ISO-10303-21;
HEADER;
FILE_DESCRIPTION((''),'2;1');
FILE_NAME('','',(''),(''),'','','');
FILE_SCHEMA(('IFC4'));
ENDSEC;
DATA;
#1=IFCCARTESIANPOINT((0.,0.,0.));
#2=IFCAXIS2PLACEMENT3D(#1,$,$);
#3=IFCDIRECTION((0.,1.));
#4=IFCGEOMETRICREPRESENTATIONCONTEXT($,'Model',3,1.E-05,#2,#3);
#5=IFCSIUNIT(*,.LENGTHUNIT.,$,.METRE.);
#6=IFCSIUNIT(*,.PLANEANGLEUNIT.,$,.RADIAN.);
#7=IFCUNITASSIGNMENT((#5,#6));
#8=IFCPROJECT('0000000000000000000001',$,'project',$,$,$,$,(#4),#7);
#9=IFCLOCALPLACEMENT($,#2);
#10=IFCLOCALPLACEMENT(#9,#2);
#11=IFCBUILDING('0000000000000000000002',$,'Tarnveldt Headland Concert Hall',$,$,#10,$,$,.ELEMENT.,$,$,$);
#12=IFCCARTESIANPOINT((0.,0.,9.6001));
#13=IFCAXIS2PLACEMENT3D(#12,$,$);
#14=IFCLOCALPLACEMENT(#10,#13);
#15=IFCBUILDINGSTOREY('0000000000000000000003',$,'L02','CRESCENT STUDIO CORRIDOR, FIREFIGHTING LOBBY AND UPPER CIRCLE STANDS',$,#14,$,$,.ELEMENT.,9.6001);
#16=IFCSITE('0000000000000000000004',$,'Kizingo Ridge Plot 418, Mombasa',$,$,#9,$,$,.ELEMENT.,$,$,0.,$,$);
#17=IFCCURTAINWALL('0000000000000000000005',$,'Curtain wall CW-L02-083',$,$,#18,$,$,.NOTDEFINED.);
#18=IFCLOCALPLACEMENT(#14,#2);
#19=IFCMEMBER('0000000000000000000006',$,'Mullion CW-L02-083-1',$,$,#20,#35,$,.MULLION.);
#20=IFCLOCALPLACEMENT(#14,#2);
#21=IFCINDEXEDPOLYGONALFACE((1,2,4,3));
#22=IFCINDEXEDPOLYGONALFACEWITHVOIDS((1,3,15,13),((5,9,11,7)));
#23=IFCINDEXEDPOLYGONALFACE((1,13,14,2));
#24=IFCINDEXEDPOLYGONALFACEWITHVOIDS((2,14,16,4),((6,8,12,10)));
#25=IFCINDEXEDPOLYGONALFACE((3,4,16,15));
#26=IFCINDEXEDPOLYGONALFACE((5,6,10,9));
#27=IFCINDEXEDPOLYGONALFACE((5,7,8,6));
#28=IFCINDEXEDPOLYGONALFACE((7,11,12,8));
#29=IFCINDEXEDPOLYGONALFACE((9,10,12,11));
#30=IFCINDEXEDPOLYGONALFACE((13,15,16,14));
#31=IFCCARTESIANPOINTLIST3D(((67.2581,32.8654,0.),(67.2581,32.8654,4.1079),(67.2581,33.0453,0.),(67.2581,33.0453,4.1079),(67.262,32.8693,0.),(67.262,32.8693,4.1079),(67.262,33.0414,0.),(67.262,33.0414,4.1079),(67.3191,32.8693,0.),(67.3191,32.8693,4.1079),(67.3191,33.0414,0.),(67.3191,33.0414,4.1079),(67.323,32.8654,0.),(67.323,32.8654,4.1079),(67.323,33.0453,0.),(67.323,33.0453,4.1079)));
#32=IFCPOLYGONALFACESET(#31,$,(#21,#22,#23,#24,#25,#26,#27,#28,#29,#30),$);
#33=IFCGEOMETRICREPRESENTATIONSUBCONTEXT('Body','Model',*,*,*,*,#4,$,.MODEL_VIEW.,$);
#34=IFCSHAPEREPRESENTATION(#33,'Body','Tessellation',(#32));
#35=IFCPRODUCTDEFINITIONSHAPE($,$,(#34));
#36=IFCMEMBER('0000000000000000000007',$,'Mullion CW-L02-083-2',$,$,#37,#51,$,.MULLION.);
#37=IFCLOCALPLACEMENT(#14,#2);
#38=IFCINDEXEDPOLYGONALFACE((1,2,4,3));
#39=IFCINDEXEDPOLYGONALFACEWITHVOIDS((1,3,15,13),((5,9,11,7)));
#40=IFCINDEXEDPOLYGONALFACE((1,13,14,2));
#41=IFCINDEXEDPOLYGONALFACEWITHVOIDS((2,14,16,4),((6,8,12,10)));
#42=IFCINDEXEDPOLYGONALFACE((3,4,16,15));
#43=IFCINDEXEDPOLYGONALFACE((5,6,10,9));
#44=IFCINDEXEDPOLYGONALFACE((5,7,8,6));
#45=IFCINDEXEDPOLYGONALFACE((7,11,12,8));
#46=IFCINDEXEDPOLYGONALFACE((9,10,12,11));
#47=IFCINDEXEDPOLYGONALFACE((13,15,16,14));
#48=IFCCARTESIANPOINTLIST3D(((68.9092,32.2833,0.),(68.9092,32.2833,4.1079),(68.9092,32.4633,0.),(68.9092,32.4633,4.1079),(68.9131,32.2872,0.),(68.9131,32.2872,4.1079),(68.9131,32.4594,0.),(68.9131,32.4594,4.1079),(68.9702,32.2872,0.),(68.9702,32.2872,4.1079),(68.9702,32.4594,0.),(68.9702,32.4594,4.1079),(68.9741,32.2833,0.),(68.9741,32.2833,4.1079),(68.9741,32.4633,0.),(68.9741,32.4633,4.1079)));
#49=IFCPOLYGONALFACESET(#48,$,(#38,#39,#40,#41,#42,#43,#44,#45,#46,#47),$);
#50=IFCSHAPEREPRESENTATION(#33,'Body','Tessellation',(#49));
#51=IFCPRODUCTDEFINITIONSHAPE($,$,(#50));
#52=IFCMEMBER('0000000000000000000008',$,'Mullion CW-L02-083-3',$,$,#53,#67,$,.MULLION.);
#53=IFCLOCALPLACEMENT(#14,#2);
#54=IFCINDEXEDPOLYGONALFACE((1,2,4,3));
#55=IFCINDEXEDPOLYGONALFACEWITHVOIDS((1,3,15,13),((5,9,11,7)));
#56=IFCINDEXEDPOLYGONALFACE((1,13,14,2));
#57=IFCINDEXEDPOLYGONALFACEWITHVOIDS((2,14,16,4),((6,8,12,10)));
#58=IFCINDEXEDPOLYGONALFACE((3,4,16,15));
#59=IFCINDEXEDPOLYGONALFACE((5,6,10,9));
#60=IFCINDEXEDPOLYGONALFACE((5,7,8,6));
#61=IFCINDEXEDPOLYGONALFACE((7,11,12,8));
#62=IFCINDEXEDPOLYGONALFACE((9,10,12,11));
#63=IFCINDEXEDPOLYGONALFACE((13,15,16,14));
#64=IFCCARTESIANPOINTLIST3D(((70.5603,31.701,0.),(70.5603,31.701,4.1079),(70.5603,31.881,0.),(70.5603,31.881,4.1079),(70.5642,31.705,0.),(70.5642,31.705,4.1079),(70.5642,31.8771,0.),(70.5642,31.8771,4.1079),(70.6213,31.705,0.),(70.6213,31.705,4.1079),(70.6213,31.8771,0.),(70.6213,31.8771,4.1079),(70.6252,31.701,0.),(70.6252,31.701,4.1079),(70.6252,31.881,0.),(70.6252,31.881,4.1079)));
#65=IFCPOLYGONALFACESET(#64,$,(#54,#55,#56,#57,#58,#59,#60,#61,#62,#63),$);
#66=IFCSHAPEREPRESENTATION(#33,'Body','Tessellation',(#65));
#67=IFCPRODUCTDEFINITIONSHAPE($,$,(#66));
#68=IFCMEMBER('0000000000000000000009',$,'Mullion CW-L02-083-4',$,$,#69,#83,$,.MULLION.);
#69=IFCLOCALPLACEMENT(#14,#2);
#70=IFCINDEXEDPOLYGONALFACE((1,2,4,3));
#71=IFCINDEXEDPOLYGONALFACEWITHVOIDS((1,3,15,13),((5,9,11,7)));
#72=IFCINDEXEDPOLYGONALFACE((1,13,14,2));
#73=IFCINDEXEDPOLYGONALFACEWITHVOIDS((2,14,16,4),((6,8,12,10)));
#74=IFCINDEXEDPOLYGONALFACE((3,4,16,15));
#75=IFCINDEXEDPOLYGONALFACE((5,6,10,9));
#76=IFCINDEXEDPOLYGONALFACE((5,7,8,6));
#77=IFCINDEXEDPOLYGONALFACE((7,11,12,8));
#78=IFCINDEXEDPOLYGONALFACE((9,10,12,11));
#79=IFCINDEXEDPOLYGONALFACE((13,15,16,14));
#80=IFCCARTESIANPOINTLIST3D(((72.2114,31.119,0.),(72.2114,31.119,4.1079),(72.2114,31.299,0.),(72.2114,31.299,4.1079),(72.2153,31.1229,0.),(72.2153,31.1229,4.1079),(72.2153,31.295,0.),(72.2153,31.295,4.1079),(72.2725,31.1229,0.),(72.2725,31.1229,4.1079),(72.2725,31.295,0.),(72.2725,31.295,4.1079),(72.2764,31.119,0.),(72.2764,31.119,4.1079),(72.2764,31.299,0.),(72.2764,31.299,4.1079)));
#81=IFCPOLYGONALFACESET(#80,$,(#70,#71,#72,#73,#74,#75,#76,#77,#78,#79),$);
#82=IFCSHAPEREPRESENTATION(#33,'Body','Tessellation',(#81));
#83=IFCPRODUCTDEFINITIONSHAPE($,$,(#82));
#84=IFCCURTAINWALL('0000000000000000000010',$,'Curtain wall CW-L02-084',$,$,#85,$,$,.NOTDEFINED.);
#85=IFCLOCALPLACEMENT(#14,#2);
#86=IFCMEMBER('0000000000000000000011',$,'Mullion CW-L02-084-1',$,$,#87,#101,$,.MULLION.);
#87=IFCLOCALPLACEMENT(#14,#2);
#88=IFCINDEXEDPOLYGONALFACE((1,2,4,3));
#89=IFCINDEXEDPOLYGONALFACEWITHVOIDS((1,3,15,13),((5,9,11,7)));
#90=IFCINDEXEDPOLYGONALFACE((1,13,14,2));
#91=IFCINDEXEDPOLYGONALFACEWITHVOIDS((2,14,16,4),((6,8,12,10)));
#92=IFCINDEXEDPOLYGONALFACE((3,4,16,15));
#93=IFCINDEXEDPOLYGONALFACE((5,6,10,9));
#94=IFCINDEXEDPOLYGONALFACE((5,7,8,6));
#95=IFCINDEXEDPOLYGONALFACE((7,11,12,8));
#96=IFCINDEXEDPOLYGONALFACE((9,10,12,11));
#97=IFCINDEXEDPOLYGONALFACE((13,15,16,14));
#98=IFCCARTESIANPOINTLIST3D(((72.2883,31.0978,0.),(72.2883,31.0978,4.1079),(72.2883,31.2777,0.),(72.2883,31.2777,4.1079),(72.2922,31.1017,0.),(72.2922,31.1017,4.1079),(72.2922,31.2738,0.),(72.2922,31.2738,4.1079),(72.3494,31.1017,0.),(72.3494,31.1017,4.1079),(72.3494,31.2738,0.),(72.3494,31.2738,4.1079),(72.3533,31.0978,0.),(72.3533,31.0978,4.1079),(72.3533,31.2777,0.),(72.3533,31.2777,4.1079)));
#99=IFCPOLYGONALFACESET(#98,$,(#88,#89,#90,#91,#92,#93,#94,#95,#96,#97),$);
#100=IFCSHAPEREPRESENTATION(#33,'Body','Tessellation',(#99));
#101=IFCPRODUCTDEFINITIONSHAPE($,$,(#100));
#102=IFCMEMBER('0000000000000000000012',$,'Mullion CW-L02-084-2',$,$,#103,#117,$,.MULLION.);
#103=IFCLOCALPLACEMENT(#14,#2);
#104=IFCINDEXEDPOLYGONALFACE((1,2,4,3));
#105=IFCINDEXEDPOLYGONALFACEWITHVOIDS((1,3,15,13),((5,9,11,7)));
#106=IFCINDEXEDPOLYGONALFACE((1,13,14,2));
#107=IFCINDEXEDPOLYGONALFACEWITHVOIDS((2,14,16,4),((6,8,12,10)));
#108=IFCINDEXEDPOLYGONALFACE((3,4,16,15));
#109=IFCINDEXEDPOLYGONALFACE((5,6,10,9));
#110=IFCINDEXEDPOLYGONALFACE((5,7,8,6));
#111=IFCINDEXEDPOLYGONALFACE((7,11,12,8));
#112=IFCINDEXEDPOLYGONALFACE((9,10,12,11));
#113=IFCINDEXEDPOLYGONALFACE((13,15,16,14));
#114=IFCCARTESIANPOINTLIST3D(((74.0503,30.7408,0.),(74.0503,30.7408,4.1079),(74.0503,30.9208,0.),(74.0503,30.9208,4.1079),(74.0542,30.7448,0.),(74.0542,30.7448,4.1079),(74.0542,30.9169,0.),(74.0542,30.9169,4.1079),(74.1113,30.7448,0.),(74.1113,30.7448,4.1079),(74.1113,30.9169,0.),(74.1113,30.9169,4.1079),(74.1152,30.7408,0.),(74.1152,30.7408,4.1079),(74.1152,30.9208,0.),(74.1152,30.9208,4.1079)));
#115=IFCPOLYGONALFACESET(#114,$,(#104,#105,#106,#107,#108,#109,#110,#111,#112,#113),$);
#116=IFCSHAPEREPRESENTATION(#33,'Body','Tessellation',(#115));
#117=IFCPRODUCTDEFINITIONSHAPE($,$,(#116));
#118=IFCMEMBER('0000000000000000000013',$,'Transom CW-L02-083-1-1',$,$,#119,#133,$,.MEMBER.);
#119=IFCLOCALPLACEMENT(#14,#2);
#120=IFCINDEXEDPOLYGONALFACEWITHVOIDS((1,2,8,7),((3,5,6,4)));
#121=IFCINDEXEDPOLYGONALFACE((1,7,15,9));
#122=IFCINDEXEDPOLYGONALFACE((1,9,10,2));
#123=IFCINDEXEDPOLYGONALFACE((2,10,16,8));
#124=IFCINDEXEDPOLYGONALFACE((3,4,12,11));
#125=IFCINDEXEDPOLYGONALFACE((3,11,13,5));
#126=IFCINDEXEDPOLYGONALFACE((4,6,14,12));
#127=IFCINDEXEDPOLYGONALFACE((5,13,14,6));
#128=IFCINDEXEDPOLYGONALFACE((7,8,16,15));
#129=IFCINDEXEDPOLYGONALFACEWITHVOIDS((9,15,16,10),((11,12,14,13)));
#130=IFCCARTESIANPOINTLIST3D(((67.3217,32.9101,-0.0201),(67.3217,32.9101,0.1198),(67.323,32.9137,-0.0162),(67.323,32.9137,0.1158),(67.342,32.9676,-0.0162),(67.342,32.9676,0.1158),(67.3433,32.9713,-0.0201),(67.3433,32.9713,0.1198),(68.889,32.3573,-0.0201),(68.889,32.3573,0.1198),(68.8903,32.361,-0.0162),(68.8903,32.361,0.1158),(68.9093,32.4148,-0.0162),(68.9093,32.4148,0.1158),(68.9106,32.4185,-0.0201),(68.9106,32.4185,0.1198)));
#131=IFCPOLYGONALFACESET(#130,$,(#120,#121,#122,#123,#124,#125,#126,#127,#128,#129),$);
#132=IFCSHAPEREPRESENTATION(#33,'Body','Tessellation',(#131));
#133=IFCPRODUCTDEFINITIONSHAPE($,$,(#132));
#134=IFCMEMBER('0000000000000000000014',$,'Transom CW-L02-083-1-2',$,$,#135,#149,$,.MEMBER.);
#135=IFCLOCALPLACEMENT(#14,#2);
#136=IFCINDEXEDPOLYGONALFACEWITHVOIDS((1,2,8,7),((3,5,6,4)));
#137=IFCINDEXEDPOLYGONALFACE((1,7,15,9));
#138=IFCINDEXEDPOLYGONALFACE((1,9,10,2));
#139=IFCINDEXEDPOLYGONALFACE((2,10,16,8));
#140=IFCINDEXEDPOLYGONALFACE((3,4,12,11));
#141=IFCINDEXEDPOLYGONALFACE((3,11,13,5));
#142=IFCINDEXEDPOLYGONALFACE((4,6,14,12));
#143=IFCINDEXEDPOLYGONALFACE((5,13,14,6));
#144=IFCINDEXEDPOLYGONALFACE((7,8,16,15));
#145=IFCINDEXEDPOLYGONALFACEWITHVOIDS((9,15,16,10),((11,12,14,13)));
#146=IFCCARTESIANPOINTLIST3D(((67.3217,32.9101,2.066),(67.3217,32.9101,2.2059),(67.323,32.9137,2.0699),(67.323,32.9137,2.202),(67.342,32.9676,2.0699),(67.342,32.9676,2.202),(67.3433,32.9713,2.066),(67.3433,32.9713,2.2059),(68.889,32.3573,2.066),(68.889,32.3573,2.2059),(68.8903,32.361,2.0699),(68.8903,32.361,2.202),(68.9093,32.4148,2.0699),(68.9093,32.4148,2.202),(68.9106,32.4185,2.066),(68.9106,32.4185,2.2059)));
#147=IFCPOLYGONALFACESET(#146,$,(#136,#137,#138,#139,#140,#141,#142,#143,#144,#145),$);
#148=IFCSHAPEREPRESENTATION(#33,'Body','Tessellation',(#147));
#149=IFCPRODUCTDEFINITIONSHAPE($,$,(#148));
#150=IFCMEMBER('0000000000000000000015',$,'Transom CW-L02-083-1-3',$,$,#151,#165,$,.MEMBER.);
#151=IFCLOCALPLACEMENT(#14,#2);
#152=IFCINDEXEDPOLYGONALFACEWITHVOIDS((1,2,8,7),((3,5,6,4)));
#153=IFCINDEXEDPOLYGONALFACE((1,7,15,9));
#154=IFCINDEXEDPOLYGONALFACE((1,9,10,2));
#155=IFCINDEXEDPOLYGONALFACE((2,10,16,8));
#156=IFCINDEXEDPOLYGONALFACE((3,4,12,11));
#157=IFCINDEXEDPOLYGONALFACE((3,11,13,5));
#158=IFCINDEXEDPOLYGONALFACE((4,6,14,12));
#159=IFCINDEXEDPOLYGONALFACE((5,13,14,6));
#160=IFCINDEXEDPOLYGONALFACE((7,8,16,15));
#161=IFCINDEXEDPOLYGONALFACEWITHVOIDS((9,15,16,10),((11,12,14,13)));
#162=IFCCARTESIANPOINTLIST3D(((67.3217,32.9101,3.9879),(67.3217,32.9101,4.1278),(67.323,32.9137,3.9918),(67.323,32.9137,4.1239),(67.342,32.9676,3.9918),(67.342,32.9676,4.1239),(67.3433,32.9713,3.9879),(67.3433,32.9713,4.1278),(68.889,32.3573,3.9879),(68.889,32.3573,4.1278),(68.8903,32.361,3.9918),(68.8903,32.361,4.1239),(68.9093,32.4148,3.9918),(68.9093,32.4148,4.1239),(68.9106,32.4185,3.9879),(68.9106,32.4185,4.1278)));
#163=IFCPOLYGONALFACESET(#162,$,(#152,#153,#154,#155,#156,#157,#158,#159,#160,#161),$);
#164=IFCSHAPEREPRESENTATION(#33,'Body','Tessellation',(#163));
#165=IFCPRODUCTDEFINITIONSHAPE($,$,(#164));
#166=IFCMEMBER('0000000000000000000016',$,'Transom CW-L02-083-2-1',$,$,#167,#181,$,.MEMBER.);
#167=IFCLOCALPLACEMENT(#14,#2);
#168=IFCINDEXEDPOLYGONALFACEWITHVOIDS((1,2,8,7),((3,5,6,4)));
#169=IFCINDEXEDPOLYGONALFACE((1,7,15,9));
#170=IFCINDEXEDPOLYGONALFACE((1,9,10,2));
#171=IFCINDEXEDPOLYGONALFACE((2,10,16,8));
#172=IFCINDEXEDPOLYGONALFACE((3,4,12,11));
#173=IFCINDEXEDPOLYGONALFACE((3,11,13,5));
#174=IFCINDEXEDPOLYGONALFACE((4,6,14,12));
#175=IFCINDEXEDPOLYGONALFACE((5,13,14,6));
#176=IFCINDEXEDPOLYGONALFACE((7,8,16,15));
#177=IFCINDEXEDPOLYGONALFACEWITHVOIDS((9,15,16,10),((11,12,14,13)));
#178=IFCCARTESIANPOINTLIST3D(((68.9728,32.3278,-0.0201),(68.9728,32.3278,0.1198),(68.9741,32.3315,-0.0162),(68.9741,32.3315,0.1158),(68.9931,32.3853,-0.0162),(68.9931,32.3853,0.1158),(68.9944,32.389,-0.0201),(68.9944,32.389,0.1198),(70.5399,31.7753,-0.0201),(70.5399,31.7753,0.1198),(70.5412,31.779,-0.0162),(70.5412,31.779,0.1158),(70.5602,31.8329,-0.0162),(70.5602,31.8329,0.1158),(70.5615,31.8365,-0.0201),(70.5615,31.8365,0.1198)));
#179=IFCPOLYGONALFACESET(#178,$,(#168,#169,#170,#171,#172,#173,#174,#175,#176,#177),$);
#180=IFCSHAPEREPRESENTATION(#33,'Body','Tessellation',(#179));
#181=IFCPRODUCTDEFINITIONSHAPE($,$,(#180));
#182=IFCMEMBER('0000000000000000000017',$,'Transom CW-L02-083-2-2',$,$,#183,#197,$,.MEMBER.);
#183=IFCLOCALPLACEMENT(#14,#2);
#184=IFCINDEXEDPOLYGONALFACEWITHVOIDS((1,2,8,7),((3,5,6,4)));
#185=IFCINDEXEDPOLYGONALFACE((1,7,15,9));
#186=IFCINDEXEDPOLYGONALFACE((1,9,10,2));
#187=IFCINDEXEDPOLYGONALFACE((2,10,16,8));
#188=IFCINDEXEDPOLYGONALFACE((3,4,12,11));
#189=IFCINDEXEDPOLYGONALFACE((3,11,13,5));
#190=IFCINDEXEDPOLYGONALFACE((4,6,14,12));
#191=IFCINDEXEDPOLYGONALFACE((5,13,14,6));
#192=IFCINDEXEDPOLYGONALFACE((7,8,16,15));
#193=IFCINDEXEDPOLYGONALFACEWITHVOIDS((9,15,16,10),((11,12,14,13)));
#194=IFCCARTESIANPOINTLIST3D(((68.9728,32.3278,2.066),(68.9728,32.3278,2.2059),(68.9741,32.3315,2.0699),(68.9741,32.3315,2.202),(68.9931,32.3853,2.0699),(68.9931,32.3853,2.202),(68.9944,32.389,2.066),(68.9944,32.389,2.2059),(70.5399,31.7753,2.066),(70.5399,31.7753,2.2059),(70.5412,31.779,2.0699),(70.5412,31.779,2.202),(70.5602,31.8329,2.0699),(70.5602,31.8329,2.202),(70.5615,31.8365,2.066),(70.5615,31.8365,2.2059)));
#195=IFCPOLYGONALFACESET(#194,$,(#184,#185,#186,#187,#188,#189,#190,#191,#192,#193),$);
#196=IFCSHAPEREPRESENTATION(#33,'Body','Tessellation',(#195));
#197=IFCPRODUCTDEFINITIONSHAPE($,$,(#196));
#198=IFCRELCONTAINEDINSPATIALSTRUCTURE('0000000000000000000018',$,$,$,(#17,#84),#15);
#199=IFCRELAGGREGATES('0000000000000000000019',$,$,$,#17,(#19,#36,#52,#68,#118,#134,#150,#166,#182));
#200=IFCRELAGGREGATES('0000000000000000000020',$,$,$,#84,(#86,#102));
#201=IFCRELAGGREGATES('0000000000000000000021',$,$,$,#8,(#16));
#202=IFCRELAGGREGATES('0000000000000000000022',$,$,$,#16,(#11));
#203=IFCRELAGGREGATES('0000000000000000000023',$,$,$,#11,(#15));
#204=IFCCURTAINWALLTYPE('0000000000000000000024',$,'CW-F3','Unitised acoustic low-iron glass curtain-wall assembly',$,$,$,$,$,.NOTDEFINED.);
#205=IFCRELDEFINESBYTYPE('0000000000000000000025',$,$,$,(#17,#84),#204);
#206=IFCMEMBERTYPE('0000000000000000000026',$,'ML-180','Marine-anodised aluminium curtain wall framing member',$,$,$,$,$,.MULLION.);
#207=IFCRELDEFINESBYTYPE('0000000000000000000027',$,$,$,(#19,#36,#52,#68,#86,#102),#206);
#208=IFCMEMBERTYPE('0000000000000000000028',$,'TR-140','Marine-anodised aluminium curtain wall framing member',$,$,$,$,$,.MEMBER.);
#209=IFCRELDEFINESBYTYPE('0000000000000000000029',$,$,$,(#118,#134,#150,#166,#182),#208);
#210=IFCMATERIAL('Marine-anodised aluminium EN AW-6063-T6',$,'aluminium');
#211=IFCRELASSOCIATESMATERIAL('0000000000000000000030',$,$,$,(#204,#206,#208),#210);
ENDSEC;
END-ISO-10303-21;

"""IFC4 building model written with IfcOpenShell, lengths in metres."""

from ifc_helpers import new_model, si_unit, direction, frame, origin, origin_2d, place, context, subcontext, project, spatial, hollow_rectangle, extrude, material, material_profile, profile_set, type_object, element, aggregate, save


model = new_model("IFC4")

# Units and contexts
model_context = context("Model", 3, precision=1e-05, world=origin(), true_north=direction((0.0, 1.0)))
body_context = subcontext(model_context, "Body", "Model", "MODEL_VIEW")
ifc_project = project(units=[si_unit("LENGTHUNIT", "METRE"), si_unit("PLANEANGLEUNIT", "RADIAN")], contexts=[model_context])

# Site, building, storey
site_placement = place(None, origin())
site = spatial("IfcSite", under=ifc_project, at=site_placement, Name="Kizingo Ridge Plot 418, Mombasa", CompositionType="ELEMENT", RefElevation=0.0)
building_placement = place(site_placement, origin())
building = spatial("IfcBuilding", under=site, at=building_placement, Name="Tarnveldt Headland Concert Hall", CompositionType="ELEMENT")
storey_placement = place(building_placement, frame((0.0, 0.0, 9.6001)))
storey = spatial("IfcBuildingStorey", under=building, at=storey_placement, Name="L02", Description="CRESCENT STUDIO CORRIDOR, FIREFIGHTING LOBBY AND UPPER CIRCLE STANDS", CompositionType="ELEMENT", Elevation=9.6001)

# Curtain walls, members
ifc_material_1 = material(Name="Marine-anodised aluminium EN AW-6063-T6", Category="aluminium")
curtain_wall_type = type_object("IfcCurtainWallType", Name="CW-F3", Description="Unitised acoustic low-iron glass curtain-wall assembly", PredefinedType="NOTDEFINED", material=ifc_material_1)
curtain_wall_1_placement = place(storey_placement, origin())
curtain_wall_1 = element("IfcCurtainWall", 1, at=curtain_wall_1_placement, inside=storey, type_object=curtain_wall_type, Name="Curtain wall CW-L02-083", PredefinedType="NOTDEFINED")
ifc_material_profile_1 = material_profile(ifc_material_1, hollow_rectangle(XDim=0.0649, YDim=0.1799, WallThickness=0.0039, at=origin_2d()), Name="ALU MULLION 65x180x4", Category="aluminium")
ifc_profile_set_1 = profile_set([ifc_material_profile_1], Name="Marine-anodised aluminium EN AW-6063-T6")
member_type_1 = type_object("IfcMemberType", Name="ML-180", Description="Marine-anodised aluminium curtain wall framing member", PredefinedType="MULLION", material=ifc_profile_set_1)
member_1_placement = place(storey_placement, frame((67.2905, 32.9553, 0.0), z_axis=(0.0, 0.0, 1.0), x_axis=(1.0, 0.0, 0.0)))
member_1 = element("IfcMember", 2, at=member_1_placement, type_object=member_type_1, Name="Mullion CW-L02-083-1", PredefinedType="MULLION", context=body_context, shape_type="SweptSolid", body=[
    extrude(hollow_rectangle(XDim=0.0649, YDim=0.1799, WallThickness=0.0039, at=origin_2d()), origin(), (0.0, 0.0, 1.0), 4.1079),
])
member_2_placement = place(storey_placement, frame((68.9417, 32.3733, 0.0), z_axis=(0.0, 0.0, 1.0), x_axis=(1.0, 0.0, 0.0)))
member_2 = element("IfcMember", 3, at=member_2_placement, type_object=member_type_1, Name="Mullion CW-L02-083-2", PredefinedType="MULLION", context=body_context, shape_type="SweptSolid", body=[
    extrude(hollow_rectangle(XDim=0.0649, YDim=0.1799, WallThickness=0.0039, at=origin_2d()), origin(), (0.0, 0.0, 1.0), 4.1079),
])
member_3_placement = place(storey_placement, frame((70.5928, 31.791, 0.0), z_axis=(0.0, 0.0, 1.0), x_axis=(1.0, 0.0, 0.0)))
member_3 = element("IfcMember", 4, at=member_3_placement, type_object=member_type_1, Name="Mullion CW-L02-083-3", PredefinedType="MULLION", context=body_context, shape_type="SweptSolid", body=[
    extrude(hollow_rectangle(XDim=0.0649, YDim=0.1799, WallThickness=0.0039, at=origin_2d()), origin(), (0.0, 0.0, 1.0), 4.1079),
])
member_4_placement = place(storey_placement, frame((72.2439, 31.209, 0.0), z_axis=(0.0, 0.0, 1.0), x_axis=(1.0, 0.0, 0.0)))
member_4 = element("IfcMember", 5, at=member_4_placement, type_object=member_type_1, Name="Mullion CW-L02-083-4", PredefinedType="MULLION", context=body_context, shape_type="SweptSolid", body=[
    extrude(hollow_rectangle(XDim=0.0649, YDim=0.1799, WallThickness=0.0039, at=origin_2d()), origin(), (0.0, 0.0, 1.0), 4.1079),
])
curtain_wall_2_placement = place(storey_placement, origin())
curtain_wall_2 = element("IfcCurtainWall", 6, at=curtain_wall_2_placement, inside=storey, type_object=curtain_wall_type, Name="Curtain wall CW-L02-084", PredefinedType="NOTDEFINED")
member_5_placement = place(storey_placement, frame((72.3208, 31.1877, 0.0), z_axis=(0.0, 0.0, 1.0), x_axis=(1.0, 0.0, 0.0)))
member_5 = element("IfcMember", 7, at=member_5_placement, type_object=member_type_1, Name="Mullion CW-L02-084-1", PredefinedType="MULLION", context=body_context, shape_type="SweptSolid", body=[
    extrude(hollow_rectangle(XDim=0.0649, YDim=0.1799, WallThickness=0.0039, at=origin_2d()), origin(), (0.0, 0.0, 1.0), 4.1079),
])
member_6_placement = place(storey_placement, frame((74.0828, 30.8308, 0.0), z_axis=(0.0, 0.0, 1.0), x_axis=(1.0, 0.0, 0.0)))
member_6 = element("IfcMember", 8, at=member_6_placement, type_object=member_type_1, Name="Mullion CW-L02-084-2", PredefinedType="MULLION", context=body_context, shape_type="SweptSolid", body=[
    extrude(hollow_rectangle(XDim=0.0649, YDim=0.1799, WallThickness=0.0039, at=origin_2d()), origin(), (0.0, 0.0, 1.0), 4.1079),
])

# Members
ifc_material_profile_2 = material_profile(ifc_material_1, hollow_rectangle(XDim=0.0649, YDim=0.1399, WallThickness=0.0039, at=origin_2d()), Name="ALU TRANSOM 65x140x4", Category="aluminium")
ifc_profile_set_2 = profile_set([ifc_material_profile_2], Name="Marine-anodised aluminium EN AW-6063-T6")
member_type_2 = type_object("IfcMemberType", Name="TR-140", Description="Marine-anodised aluminium curtain wall framing member", PredefinedType="MEMBER", material=ifc_profile_set_2)
member_7_placement = place(storey_placement, frame((67.3325, 32.9407, 0.0498), z_axis=(0.943061, -0.33262, 0.0), x_axis=(0.33262, 0.943061, 0.0)))
member_7 = element("IfcMember", 9, at=member_7_placement, type_object=member_type_2, Name="Transom CW-L02-083-1-1", PredefinedType="MEMBER", context=body_context, shape_type="SweptSolid", body=[
    extrude(hollow_rectangle(XDim=0.0649, YDim=0.1399, WallThickness=0.0039, at=origin_2d()), origin(), (0.0, 0.0, 1.0), 1.6619),
])
member_8_placement = place(storey_placement, frame((67.3325, 32.9407, 2.136), z_axis=(0.943061, -0.33262, 0.0), x_axis=(0.33262, 0.943061, 0.0)))
member_8 = element("IfcMember", 10, at=member_8_placement, type_object=member_type_2, Name="Transom CW-L02-083-1-2", PredefinedType="MEMBER", context=body_context, shape_type="SweptSolid", body=[
    extrude(hollow_rectangle(XDim=0.0649, YDim=0.1399, WallThickness=0.0039, at=origin_2d()), origin(), (0.0, 0.0, 1.0), 1.6619),
])
member_9_placement = place(storey_placement, frame((67.3325, 32.9407, 4.0579), z_axis=(0.943061, -0.33262, 0.0), x_axis=(0.33262, 0.943061, 0.0)))
member_9 = element("IfcMember", 11, at=member_9_placement, type_object=member_type_2, Name="Transom CW-L02-083-1-3", PredefinedType="MEMBER", context=body_context, shape_type="SweptSolid", body=[
    extrude(hollow_rectangle(XDim=0.0649, YDim=0.1399, WallThickness=0.0039, at=origin_2d()), origin(), (0.0, 0.0, 1.0), 1.6619),
])
member_10_placement = place(storey_placement, frame((68.9836, 32.3584, 0.0498), z_axis=(0.943107, -0.33249, 0.0), x_axis=(0.33249, 0.943107, 0.0)))
member_10 = element("IfcMember", 12, at=member_10_placement, type_object=member_type_2, Name="Transom CW-L02-083-2-1", PredefinedType="MEMBER", context=body_context, shape_type="SweptSolid", body=[
    extrude(hollow_rectangle(XDim=0.0649, YDim=0.1399, WallThickness=0.0039, at=origin_2d()), origin(), (0.0, 0.0, 1.0), 1.6616),
])
member_11_placement = place(storey_placement, frame((68.9836, 32.3584, 2.136), z_axis=(0.943107, -0.33249, 0.0), x_axis=(0.33249, 0.943107, 0.0)))
member_11 = element("IfcMember", 13, at=member_11_placement, type_object=member_type_2, Name="Transom CW-L02-083-2-2", PredefinedType="MEMBER", context=body_context, shape_type="SweptSolid", body=[
    extrude(hollow_rectangle(XDim=0.0649, YDim=0.1399, WallThickness=0.0039, at=origin_2d()), origin(), (0.0, 0.0, 1.0), 1.6616),
])

aggregate(curtain_wall_1, [member_1, member_2, member_3, member_4, member_7, member_8, member_9, member_10, member_11])
aggregate(curtain_wall_2, [member_5, member_6])

save(model, "model.ifc")
